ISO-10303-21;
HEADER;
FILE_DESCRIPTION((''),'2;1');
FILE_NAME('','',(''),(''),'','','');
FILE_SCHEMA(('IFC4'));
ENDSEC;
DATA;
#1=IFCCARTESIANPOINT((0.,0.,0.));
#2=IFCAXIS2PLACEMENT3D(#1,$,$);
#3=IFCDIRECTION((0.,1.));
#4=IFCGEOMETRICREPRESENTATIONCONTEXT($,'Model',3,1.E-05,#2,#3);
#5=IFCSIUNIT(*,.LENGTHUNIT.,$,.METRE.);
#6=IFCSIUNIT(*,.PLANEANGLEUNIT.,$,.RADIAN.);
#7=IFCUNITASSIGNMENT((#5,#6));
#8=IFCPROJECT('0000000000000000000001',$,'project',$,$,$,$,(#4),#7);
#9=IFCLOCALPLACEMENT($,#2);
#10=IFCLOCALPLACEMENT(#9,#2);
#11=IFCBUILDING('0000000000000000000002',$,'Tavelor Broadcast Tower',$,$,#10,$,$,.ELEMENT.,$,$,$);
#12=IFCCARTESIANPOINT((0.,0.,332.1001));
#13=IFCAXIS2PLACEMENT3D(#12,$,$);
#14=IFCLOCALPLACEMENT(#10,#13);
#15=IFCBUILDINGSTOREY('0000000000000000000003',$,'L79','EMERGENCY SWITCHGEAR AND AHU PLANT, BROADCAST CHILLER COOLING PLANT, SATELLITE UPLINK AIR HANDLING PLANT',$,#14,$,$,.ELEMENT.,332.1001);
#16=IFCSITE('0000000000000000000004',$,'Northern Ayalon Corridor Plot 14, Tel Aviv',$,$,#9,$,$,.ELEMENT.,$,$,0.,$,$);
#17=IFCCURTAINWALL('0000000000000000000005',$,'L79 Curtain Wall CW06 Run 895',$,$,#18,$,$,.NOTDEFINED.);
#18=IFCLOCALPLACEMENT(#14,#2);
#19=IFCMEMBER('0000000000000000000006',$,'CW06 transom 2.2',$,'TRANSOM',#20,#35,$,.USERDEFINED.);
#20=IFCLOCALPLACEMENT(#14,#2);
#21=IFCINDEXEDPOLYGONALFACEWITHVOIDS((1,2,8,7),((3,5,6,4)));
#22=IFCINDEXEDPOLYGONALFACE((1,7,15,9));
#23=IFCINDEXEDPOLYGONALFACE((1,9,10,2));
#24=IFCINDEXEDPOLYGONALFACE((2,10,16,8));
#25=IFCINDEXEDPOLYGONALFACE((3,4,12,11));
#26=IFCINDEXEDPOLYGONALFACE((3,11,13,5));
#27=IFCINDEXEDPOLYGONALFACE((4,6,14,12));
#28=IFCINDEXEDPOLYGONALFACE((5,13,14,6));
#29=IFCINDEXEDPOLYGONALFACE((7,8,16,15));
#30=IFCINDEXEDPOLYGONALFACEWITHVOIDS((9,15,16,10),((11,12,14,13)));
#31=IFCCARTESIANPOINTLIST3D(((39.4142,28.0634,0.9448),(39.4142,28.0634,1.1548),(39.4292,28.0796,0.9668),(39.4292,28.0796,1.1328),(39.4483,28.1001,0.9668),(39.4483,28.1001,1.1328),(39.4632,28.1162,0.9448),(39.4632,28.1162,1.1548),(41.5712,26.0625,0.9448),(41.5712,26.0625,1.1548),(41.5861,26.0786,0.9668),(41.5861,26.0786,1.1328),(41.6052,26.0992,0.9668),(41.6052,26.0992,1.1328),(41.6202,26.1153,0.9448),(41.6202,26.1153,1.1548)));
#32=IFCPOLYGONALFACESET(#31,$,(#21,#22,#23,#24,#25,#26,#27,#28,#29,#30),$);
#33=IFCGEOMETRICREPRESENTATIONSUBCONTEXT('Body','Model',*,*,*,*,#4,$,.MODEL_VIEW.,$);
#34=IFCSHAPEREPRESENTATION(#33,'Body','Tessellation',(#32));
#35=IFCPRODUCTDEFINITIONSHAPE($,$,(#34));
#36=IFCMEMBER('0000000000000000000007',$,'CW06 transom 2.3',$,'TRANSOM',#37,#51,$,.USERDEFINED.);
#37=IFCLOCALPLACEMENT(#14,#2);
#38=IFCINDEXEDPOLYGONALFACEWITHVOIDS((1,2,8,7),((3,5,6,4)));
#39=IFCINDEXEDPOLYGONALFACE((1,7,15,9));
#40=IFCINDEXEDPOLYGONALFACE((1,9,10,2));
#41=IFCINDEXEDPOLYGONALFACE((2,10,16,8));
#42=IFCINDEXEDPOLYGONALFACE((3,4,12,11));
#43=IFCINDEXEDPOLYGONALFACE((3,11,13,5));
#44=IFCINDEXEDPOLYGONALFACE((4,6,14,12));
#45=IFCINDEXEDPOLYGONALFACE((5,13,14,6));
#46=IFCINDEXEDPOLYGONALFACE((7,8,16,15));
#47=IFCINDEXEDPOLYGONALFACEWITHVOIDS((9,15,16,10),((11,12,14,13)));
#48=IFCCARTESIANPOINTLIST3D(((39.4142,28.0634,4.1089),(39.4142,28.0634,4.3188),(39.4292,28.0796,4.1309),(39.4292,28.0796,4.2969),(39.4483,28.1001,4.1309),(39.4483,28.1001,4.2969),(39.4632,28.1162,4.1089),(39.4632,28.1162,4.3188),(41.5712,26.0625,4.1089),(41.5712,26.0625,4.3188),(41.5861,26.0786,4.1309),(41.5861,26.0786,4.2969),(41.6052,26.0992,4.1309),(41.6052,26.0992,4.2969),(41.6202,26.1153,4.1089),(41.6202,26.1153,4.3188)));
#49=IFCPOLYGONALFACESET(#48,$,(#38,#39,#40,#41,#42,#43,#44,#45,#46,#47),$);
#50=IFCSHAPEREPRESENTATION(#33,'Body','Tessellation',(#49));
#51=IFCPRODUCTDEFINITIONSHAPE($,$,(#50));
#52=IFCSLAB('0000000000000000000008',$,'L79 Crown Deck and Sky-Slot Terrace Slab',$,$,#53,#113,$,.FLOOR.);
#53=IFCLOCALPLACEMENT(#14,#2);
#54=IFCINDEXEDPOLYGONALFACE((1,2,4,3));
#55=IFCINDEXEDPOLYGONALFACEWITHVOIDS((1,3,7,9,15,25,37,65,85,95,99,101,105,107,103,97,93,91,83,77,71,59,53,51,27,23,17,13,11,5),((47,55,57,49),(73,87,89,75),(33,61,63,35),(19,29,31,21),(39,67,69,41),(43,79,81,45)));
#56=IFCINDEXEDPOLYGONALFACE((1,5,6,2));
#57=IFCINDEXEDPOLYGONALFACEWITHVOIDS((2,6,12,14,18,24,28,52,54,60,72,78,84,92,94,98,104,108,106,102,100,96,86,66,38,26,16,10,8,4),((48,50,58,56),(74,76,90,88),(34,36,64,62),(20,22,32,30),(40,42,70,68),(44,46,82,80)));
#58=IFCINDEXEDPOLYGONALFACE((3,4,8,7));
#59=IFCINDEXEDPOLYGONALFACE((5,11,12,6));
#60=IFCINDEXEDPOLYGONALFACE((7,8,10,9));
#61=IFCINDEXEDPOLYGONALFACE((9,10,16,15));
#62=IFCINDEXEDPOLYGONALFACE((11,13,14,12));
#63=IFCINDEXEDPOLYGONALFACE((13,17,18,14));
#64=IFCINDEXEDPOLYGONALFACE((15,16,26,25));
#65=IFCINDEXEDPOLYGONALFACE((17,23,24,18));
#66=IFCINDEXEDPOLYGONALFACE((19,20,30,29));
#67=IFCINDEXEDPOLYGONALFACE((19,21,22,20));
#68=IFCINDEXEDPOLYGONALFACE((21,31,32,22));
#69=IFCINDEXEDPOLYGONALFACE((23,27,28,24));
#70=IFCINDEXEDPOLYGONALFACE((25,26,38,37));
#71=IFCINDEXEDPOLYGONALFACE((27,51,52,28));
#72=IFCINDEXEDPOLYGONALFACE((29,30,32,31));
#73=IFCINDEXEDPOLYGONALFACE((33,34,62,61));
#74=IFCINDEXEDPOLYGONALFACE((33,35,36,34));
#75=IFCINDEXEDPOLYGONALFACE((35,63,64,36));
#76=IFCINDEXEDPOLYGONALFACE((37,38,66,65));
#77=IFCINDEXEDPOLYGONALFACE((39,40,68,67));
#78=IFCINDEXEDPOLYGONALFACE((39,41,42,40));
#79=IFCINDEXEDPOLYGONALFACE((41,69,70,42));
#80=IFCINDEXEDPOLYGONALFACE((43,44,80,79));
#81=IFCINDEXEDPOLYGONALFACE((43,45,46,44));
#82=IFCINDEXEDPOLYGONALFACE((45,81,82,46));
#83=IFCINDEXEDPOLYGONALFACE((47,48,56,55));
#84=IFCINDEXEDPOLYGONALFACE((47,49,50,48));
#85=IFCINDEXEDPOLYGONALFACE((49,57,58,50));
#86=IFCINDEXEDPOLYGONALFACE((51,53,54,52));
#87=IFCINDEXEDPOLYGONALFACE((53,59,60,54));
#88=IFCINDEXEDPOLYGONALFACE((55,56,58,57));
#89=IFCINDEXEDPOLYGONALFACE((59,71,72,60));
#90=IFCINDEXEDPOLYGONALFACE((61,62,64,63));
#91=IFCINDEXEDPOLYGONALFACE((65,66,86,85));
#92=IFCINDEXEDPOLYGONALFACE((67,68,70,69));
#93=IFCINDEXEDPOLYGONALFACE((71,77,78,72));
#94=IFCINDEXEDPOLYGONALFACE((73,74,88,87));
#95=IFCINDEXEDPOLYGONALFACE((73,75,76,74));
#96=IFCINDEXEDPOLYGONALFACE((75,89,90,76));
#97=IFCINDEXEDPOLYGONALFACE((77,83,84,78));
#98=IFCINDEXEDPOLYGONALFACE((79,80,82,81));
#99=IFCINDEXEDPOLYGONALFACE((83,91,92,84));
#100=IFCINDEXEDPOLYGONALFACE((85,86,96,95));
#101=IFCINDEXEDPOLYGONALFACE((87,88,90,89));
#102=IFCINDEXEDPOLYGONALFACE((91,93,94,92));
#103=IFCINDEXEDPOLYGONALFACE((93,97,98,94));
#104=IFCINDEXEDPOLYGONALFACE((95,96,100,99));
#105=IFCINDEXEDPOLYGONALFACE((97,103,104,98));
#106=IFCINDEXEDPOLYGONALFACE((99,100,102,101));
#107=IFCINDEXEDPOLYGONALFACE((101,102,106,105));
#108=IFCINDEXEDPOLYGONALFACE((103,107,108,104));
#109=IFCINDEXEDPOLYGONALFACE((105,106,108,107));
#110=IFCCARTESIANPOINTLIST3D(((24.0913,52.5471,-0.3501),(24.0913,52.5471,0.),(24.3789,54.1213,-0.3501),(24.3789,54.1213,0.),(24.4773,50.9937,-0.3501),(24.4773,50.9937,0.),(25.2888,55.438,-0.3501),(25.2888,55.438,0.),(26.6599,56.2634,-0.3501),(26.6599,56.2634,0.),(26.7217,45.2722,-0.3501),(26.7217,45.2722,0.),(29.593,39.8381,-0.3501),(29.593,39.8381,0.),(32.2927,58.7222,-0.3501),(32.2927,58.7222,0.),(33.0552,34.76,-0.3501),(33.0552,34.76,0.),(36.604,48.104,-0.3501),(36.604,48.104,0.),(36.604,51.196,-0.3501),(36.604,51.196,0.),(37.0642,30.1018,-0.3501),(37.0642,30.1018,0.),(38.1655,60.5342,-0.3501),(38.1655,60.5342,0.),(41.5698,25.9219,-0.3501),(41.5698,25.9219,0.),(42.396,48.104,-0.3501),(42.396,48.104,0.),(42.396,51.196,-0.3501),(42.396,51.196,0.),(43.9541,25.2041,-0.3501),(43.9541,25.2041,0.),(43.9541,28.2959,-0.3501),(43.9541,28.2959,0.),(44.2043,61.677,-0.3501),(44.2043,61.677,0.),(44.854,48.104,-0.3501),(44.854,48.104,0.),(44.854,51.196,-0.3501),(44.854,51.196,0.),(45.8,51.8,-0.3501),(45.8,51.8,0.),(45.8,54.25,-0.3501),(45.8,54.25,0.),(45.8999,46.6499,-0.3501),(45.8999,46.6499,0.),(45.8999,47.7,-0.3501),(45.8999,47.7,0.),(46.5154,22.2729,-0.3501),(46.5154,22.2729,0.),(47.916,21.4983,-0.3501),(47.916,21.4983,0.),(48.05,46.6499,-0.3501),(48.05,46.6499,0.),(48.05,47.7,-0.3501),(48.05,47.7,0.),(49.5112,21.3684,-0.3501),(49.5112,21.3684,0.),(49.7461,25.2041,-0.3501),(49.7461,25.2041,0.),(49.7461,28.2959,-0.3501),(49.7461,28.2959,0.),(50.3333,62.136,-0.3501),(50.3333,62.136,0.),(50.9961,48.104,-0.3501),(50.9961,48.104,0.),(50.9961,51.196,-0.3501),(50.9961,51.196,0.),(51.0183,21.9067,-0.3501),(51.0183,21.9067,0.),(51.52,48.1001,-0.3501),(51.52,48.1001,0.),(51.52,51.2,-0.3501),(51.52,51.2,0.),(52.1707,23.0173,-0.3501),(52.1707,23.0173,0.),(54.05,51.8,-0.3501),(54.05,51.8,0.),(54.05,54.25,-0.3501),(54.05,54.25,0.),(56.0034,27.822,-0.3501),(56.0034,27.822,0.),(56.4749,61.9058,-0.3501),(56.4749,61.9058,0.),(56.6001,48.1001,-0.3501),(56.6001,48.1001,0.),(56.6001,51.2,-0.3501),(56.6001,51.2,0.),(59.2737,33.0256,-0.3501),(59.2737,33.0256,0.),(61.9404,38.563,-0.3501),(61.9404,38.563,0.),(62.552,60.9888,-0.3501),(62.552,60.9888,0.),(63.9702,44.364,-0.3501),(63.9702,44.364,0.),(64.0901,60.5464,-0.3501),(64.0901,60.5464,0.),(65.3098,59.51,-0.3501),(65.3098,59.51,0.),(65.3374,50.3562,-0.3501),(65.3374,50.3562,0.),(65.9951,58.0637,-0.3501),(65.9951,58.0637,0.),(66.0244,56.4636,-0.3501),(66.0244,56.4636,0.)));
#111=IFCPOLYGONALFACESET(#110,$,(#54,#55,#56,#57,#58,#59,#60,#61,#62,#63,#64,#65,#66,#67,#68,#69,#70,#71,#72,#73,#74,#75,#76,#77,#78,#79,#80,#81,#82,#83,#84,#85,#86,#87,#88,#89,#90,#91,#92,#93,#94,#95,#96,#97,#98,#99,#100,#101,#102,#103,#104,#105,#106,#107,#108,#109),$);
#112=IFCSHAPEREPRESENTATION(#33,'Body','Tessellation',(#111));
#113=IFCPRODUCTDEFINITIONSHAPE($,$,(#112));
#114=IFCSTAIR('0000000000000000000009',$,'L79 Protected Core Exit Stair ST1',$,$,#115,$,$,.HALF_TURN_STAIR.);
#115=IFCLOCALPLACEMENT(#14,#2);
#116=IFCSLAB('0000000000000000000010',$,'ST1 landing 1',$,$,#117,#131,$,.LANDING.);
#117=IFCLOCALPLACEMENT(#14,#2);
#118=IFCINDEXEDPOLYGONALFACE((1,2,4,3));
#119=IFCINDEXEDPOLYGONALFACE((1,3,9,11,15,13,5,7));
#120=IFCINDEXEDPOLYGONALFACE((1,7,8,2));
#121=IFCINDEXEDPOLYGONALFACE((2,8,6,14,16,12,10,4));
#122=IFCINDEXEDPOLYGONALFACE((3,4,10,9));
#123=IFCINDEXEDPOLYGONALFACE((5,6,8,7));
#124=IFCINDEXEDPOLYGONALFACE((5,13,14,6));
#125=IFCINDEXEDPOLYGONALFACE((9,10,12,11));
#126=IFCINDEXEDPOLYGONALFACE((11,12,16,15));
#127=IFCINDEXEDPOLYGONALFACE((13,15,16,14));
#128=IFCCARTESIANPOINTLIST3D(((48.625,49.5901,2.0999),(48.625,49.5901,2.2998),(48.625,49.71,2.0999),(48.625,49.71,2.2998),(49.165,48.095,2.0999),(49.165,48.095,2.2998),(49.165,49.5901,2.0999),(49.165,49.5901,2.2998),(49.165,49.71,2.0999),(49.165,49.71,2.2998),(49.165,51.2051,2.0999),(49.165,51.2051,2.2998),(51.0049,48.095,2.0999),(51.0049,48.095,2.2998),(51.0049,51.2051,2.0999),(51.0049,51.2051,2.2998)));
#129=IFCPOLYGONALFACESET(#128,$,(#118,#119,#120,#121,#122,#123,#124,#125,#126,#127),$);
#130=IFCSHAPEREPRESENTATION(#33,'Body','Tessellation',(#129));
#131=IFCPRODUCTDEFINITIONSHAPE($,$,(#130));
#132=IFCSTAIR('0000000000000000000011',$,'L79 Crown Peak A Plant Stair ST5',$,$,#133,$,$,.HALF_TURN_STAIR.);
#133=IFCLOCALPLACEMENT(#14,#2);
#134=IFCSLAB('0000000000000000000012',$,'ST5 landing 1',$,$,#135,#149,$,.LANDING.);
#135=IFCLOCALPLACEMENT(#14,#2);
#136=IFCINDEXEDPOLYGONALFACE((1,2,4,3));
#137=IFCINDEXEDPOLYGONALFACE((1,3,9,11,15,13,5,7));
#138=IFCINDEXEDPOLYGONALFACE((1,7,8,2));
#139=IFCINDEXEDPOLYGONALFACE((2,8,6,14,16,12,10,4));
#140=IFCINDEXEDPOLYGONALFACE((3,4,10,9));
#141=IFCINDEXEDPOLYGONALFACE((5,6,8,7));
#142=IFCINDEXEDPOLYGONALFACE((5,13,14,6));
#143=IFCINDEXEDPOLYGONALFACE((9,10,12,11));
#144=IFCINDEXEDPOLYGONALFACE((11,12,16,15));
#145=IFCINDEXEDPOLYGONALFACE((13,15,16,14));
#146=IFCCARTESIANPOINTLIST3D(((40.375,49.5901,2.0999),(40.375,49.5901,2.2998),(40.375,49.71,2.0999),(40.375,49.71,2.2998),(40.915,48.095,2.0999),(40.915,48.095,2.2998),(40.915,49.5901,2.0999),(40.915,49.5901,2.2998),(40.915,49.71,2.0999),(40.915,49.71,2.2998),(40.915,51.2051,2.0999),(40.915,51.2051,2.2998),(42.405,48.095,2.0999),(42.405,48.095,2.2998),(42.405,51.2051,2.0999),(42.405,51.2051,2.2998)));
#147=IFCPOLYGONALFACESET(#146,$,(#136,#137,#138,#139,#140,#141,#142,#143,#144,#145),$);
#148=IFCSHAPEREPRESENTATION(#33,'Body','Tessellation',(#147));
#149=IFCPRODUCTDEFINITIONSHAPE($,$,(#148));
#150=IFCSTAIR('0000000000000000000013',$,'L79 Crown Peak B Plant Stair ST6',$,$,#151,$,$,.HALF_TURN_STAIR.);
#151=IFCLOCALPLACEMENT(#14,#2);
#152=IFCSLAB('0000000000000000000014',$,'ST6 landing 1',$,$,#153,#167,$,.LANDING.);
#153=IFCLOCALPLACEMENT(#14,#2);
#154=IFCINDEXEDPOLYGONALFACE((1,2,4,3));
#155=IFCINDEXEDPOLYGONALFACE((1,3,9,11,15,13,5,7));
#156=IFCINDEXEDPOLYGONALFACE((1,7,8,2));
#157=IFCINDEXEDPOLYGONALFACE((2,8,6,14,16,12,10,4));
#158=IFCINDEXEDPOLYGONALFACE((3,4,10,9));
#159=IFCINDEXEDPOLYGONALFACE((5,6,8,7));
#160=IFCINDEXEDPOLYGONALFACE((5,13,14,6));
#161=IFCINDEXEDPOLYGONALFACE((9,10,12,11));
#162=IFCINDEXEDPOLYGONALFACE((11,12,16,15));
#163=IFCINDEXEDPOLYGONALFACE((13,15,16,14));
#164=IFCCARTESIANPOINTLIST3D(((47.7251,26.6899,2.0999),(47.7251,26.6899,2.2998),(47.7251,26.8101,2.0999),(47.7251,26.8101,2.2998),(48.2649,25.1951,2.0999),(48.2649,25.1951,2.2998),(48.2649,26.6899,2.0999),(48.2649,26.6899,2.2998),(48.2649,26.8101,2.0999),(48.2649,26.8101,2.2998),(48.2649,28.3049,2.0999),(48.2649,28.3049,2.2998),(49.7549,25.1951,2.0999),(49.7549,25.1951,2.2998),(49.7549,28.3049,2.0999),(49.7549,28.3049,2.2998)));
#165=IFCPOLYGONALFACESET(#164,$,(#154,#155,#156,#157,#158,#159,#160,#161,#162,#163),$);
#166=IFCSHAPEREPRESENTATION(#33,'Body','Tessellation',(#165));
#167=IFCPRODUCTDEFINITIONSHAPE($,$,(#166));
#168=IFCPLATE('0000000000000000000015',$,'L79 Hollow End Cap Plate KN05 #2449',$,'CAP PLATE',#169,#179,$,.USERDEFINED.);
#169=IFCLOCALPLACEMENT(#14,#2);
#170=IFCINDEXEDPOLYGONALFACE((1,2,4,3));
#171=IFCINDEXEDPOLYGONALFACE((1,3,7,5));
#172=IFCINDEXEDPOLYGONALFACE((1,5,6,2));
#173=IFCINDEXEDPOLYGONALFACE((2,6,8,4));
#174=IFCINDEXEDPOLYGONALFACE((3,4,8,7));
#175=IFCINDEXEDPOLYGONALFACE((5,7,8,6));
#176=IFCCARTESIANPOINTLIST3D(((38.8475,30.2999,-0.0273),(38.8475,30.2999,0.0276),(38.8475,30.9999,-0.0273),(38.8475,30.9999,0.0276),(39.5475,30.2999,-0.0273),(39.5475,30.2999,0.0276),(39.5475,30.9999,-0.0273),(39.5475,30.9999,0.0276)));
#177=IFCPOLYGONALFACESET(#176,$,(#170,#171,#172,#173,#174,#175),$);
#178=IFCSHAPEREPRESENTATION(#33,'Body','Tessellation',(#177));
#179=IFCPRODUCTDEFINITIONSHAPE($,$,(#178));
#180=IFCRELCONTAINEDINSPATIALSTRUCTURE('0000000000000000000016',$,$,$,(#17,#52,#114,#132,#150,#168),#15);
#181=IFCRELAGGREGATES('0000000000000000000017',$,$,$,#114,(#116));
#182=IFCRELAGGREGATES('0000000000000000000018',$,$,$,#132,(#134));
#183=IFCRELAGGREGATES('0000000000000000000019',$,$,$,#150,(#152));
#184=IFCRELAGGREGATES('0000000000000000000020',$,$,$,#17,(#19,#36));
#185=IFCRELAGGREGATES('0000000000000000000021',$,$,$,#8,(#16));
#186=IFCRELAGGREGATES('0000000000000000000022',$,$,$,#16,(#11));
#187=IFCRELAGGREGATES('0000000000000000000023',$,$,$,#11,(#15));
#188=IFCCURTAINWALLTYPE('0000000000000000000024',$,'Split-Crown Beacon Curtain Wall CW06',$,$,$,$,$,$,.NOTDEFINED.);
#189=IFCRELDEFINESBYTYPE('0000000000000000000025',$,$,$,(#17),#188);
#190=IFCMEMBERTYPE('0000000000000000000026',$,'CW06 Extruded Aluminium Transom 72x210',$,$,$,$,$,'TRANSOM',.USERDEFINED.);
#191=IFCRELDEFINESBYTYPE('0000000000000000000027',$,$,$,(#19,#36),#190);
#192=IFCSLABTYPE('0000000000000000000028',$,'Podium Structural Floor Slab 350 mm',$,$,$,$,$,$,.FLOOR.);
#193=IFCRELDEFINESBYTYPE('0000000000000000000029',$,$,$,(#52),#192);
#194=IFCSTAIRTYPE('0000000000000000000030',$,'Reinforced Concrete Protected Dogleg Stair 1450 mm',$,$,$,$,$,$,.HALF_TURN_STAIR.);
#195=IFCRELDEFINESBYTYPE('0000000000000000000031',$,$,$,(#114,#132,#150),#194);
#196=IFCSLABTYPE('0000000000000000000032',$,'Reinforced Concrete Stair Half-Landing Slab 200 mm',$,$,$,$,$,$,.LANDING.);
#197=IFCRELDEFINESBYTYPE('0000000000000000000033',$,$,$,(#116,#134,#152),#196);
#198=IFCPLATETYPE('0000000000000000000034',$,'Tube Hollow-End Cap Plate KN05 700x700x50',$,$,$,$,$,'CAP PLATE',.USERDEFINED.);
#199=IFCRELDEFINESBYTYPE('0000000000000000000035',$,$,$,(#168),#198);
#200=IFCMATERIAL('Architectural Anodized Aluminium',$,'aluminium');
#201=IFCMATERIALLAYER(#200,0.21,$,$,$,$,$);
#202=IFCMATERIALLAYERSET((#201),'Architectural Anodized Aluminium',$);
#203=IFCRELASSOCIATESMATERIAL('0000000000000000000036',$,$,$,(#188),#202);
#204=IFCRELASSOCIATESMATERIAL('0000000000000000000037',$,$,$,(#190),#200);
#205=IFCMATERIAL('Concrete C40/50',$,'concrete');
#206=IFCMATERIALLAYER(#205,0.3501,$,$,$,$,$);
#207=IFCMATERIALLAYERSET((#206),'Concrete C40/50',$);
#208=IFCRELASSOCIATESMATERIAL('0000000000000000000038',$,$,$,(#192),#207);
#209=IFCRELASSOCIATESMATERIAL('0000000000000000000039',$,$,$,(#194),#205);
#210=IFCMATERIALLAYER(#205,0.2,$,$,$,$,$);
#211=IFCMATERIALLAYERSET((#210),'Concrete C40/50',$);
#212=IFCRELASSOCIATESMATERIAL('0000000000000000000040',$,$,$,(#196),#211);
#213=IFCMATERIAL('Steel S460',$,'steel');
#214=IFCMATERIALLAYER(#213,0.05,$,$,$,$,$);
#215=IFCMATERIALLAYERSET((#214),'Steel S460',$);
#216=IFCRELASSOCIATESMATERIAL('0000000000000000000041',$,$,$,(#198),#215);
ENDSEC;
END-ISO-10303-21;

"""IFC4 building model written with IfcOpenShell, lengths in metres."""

from ifc_helpers import new_model, si_unit, direction, frame, origin, origin_2d, place, context, subcontext, project, spatial, polyline, rectangle, hollow_rectangle, outline, extrude, source, transform, mapped, material, layer, layer_set, material_profile, profile_set, type_object, type_shapes, element, aggregate, save


model = new_model("IFC4")

# Units and contexts
model_context = context("Model", 3, precision=1e-05, world=origin(), true_north=direction((0.0, 1.0)))
body_context = subcontext(model_context, "Body", "Model", "MODEL_VIEW")
ifc_project = project(units=[si_unit("LENGTHUNIT", "METRE"), si_unit("PLANEANGLEUNIT", "RADIAN")], contexts=[model_context])

# Site, building, storey
site_placement = place(None, origin())
site = spatial("IfcSite", under=ifc_project, at=site_placement, Name="Northern Ayalon Corridor Plot 14, Tel Aviv", CompositionType="ELEMENT", RefElevation=0.0)
building_placement = place(site_placement, origin())
building = spatial("IfcBuilding", under=site, at=building_placement, Name="Tavelor Broadcast Tower", CompositionType="ELEMENT")
storey_placement = place(building_placement, frame((0.0, 0.0, 332.1001)))
storey = spatial("IfcBuildingStorey", under=building, at=storey_placement, Name="L79", Description="EMERGENCY SWITCHGEAR AND AHU PLANT, BROADCAST CHILLER COOLING PLANT, SATELLITE UPLINK AIR HANDLING PLANT", CompositionType="ELEMENT", Elevation=332.1001)

# Shared definitions
ifc_material_1 = material(Name="Architectural Anodized Aluminium", Category="aluminium")
ifc_layer_1 = layer(ifc_material_1, 0.21)
ifc_layer_set_1 = layer_set([ifc_layer_1], Name="Architectural Anodized Aluminium")
curtain_wall_type = type_object("IfcCurtainWallType", Name="Split-Crown Beacon Curtain Wall CW06", PredefinedType="NOTDEFINED", material=ifc_layer_set_1)

# Curtain wall
curtain_wall_1_placement = place(storey_placement, origin())
curtain_wall_1 = element("IfcCurtainWall", 1, at=curtain_wall_1_placement, inside=storey, type_object=curtain_wall_type, Name="L79 Curtain Wall CW06 Run 895", PredefinedType="NOTDEFINED")

# Members
ifc_material_profile_1 = material_profile(ifc_material_1, hollow_rectangle(XDim=0.072, YDim=0.21, WallThickness=0.022, at=origin_2d()), Name="RHS 72x210x22")
ifc_profile_set_1 = profile_set([ifc_material_profile_1], Name="Architectural Anodized Aluminium")
member_type_1 = type_object("IfcMemberType", Name="CW06 Extruded Aluminium Transom 72x210", ElementType="TRANSOM", PredefinedType="USERDEFINED", material=ifc_profile_set_1)
shared_shape_1 = source(origin(), body_context, "Body", "SweptSolid", [
    extrude(hollow_rectangle(XDim=0.072, YDim=0.21, WallThickness=0.022, at=origin_2d()), origin(), (0.0, 0.0, 1.0), 2.9421),
])
type_shapes(member_type_1, [shared_shape_1])
member_1_placement = place(storey_placement, frame((39.4387, 28.0898, 1.0498), z_axis=(0.733121, -0.680098, 0.0), x_axis=(0.680098, 0.733121, 0.0)))
member_1 = element("IfcMember", 2, at=member_1_placement, type_object=member_type_1, Name="CW06 transom 2.2", ObjectType="TRANSOM", PredefinedType="USERDEFINED", context=body_context, shape_type="MappedRepresentation", body=[
    mapped(shared_shape_1, transform((0.0, 0.0, 0.0), scale=1.0)),
])
member_2_placement = place(storey_placement, frame((39.4387, 28.0898, 4.2139), z_axis=(0.733121, -0.680098, 0.0), x_axis=(0.680098, 0.733121, 0.0)))
member_2 = element("IfcMember", 3, at=member_2_placement, type_object=member_type_1, Name="CW06 transom 2.3", ObjectType="TRANSOM", PredefinedType="USERDEFINED", context=body_context, shape_type="MappedRepresentation", body=[
    mapped(shared_shape_1, transform((0.0, 0.0, 0.0), scale=1.0)),
])

# Slab
ifc_material_2 = material(Name="Concrete C40/50", Category="concrete")
ifc_layer_2 = layer(ifc_material_2, 0.3501)
ifc_layer_set_2 = layer_set([ifc_layer_2], Name="Concrete C40/50")
slab_type_1 = type_object("IfcSlabType", Name="Podium Structural Floor Slab 350 mm", PredefinedType="FLOOR", material=ifc_layer_set_2)
slab_1_placement = place(storey_placement, frame((0.0, 0.0, -0.3501)))
element("IfcSlab", 4, at=slab_1_placement, inside=storey, type_object=slab_type_1, Name="L79 Crown Deck and Sky-Slot Terrace Slab", PredefinedType="FLOOR", context=body_context, shape_type="SweptSolid", body=[
    extrude(outline(polyline([(26.6599, 56.2634), (25.2888, 55.438), (24.3789, 54.1213), (24.0913, 52.5471), (24.4773, 50.9937), (26.7217, 45.2722), (29.593, 39.8381), (33.0552, 34.76), (37.0642, 30.1018), (41.5698, 25.9219), (46.5154, 22.2729), (47.916, 21.4983), (49.5112, 21.3684), (51.0183, 21.9067), (52.1707, 23.0173), (56.0034, 27.822), (59.2737, 33.0256), (61.9404, 38.563), (63.9702, 44.364), (65.3374, 50.3562), (66.0244, 56.4636), (65.9951, 58.0637), (65.3098, 59.51), (64.0901, 60.5464), (62.552, 60.9888), (56.4749, 61.9058), (50.3333, 62.136), (44.2043, 61.677), (38.1655, 60.5342), (32.2927, 58.7222), (26.6599, 56.2634)]), holes=[polyline([(49.7461, 28.2959), (49.7461, 25.2041), (43.9541, 25.2041), (43.9541, 28.2959), (49.7461, 28.2959)]), polyline([(48.05, 46.6499), (45.8999, 46.6499), (45.8999, 47.7), (48.05, 47.7), (48.05, 46.6499)]), polyline([(42.396, 48.104), (36.604, 48.104), (36.604, 51.196), (42.396, 51.196), (42.396, 48.104)]), polyline([(50.9961, 51.196), (50.9961, 48.104), (44.854, 48.104), (44.854, 51.196), (50.9961, 51.196)]), polyline([(56.6001, 48.1001), (51.52, 48.1001), (51.52, 51.2), (56.6001, 51.2), (56.6001, 48.1001)]), polyline([(54.05, 51.8), (45.8, 51.8), (45.8, 54.25), (54.05, 54.25), (54.05, 51.8)])]), origin(), (0.0, 0.0, 1.0), 0.3501),
])

# Stairs, slabs
stair_type = type_object("IfcStairType", Name="Reinforced Concrete Protected Dogleg Stair 1450 mm", PredefinedType="HALF_TURN_STAIR", material=ifc_material_2)
stair_1_placement = place(storey_placement, origin())
stair_1 = element("IfcStair", 5, at=stair_1_placement, inside=storey, type_object=stair_type, Name="L79 Protected Core Exit Stair ST1", PredefinedType="HALF_TURN_STAIR")
ifc_layer_3 = layer(ifc_material_2, 0.2)
ifc_layer_set_3 = layer_set([ifc_layer_3], Name="Concrete C40/50")
slab_type_2 = type_object("IfcSlabType", Name="Reinforced Concrete Stair Half-Landing Slab 200 mm", PredefinedType="LANDING", material=ifc_layer_set_3)
slab_2_placement = place(storey_placement, frame((0.0, 0.0, 2.0999)))
slab_2 = element("IfcSlab", 6, at=slab_2_placement, type_object=slab_type_2, Name="ST1 landing 1", PredefinedType="LANDING", context=body_context, shape_type="SweptSolid", body=[
    extrude(outline(polyline([(49.165, 49.5901), (49.165, 48.095), (51.0049, 48.095), (51.0049, 51.2051), (49.165, 51.2051), (49.165, 49.71), (48.625, 49.71), (48.625, 49.5901), (49.165, 49.5901)])), origin(), (0.0, 0.0, 1.0), 0.2),
])
aggregate(stair_1, [slab_2])
stair_2_placement = place(storey_placement, origin())
stair_2 = element("IfcStair", 7, at=stair_2_placement, inside=storey, type_object=stair_type, Name="L79 Crown Peak A Plant Stair ST5", PredefinedType="HALF_TURN_STAIR")
slab_3_placement = place(storey_placement, frame((0.0, 0.0, 2.0999)))
slab_3 = element("IfcSlab", 8, at=slab_3_placement, type_object=slab_type_2, Name="ST5 landing 1", PredefinedType="LANDING", context=body_context, shape_type="SweptSolid", body=[
    extrude(outline(polyline([(40.915, 49.5901), (40.915, 48.095), (42.405, 48.095), (42.405, 51.2051), (40.915, 51.2051), (40.915, 49.71), (40.375, 49.71), (40.375, 49.5901), (40.915, 49.5901)])), origin(), (0.0, 0.0, 1.0), 0.2),
])
aggregate(stair_2, [slab_3])
stair_3_placement = place(storey_placement, origin())
stair_3 = element("IfcStair", 9, at=stair_3_placement, inside=storey, type_object=stair_type, Name="L79 Crown Peak B Plant Stair ST6", PredefinedType="HALF_TURN_STAIR")
slab_4_placement = place(storey_placement, frame((0.0, 0.0, 2.0999)))
slab_4 = element("IfcSlab", 10, at=slab_4_placement, type_object=slab_type_2, Name="ST6 landing 1", PredefinedType="LANDING", context=body_context, shape_type="SweptSolid", body=[
    extrude(outline(polyline([(48.2649, 26.6899), (48.2649, 25.1951), (49.7549, 25.1951), (49.7549, 28.3049), (48.2649, 28.3049), (48.2649, 26.8101), (47.7251, 26.8101), (47.7251, 26.6899), (48.2649, 26.6899)])), origin(), (0.0, 0.0, 1.0), 0.2),
])
aggregate(stair_3, [slab_4])

# Plate
ifc_material_3 = material(Name="Steel S460", Category="steel")
ifc_layer_4 = layer(ifc_material_3, 0.05)
ifc_layer_set_4 = layer_set([ifc_layer_4], Name="Steel S460")
plate_type_1 = type_object("IfcPlateType", Name="Tube Hollow-End Cap Plate KN05 700x700x50", ElementType="CAP PLATE", PredefinedType="USERDEFINED", material=ifc_layer_set_4)
shared_shape_2 = source(origin(), body_context, "Body", "SweptSolid", [
    extrude(rectangle(XDim=0.7, YDim=0.7, at=origin_2d()), origin(), (0.0, 0.0, 1.0), 0.0549),
])
type_shapes(plate_type_1, [shared_shape_2])
for number, where, z_axis, x_axis, name in (
    (11, (39.1975, 30.6499, -0.0273), (0.0, 0.0, 1.0), (1.0, 0.0, 0.0), "L79 Hollow End Cap Plate KN05 #2449"),
):
    element("IfcPlate", number, at=place(storey_placement, frame(where, z_axis=z_axis, x_axis=x_axis)), inside=storey, type_object=plate_type_1, Name=name, ObjectType="CAP PLATE", PredefinedType="USERDEFINED", context=body_context, shape_type="MappedRepresentation", body=[
        mapped(shared_shape_2, transform((0.0, 0.0, 0.0), scale=1.0)),
    ])

aggregate(curtain_wall_1, [member_1, member_2])

save(model, "model.ifc")
